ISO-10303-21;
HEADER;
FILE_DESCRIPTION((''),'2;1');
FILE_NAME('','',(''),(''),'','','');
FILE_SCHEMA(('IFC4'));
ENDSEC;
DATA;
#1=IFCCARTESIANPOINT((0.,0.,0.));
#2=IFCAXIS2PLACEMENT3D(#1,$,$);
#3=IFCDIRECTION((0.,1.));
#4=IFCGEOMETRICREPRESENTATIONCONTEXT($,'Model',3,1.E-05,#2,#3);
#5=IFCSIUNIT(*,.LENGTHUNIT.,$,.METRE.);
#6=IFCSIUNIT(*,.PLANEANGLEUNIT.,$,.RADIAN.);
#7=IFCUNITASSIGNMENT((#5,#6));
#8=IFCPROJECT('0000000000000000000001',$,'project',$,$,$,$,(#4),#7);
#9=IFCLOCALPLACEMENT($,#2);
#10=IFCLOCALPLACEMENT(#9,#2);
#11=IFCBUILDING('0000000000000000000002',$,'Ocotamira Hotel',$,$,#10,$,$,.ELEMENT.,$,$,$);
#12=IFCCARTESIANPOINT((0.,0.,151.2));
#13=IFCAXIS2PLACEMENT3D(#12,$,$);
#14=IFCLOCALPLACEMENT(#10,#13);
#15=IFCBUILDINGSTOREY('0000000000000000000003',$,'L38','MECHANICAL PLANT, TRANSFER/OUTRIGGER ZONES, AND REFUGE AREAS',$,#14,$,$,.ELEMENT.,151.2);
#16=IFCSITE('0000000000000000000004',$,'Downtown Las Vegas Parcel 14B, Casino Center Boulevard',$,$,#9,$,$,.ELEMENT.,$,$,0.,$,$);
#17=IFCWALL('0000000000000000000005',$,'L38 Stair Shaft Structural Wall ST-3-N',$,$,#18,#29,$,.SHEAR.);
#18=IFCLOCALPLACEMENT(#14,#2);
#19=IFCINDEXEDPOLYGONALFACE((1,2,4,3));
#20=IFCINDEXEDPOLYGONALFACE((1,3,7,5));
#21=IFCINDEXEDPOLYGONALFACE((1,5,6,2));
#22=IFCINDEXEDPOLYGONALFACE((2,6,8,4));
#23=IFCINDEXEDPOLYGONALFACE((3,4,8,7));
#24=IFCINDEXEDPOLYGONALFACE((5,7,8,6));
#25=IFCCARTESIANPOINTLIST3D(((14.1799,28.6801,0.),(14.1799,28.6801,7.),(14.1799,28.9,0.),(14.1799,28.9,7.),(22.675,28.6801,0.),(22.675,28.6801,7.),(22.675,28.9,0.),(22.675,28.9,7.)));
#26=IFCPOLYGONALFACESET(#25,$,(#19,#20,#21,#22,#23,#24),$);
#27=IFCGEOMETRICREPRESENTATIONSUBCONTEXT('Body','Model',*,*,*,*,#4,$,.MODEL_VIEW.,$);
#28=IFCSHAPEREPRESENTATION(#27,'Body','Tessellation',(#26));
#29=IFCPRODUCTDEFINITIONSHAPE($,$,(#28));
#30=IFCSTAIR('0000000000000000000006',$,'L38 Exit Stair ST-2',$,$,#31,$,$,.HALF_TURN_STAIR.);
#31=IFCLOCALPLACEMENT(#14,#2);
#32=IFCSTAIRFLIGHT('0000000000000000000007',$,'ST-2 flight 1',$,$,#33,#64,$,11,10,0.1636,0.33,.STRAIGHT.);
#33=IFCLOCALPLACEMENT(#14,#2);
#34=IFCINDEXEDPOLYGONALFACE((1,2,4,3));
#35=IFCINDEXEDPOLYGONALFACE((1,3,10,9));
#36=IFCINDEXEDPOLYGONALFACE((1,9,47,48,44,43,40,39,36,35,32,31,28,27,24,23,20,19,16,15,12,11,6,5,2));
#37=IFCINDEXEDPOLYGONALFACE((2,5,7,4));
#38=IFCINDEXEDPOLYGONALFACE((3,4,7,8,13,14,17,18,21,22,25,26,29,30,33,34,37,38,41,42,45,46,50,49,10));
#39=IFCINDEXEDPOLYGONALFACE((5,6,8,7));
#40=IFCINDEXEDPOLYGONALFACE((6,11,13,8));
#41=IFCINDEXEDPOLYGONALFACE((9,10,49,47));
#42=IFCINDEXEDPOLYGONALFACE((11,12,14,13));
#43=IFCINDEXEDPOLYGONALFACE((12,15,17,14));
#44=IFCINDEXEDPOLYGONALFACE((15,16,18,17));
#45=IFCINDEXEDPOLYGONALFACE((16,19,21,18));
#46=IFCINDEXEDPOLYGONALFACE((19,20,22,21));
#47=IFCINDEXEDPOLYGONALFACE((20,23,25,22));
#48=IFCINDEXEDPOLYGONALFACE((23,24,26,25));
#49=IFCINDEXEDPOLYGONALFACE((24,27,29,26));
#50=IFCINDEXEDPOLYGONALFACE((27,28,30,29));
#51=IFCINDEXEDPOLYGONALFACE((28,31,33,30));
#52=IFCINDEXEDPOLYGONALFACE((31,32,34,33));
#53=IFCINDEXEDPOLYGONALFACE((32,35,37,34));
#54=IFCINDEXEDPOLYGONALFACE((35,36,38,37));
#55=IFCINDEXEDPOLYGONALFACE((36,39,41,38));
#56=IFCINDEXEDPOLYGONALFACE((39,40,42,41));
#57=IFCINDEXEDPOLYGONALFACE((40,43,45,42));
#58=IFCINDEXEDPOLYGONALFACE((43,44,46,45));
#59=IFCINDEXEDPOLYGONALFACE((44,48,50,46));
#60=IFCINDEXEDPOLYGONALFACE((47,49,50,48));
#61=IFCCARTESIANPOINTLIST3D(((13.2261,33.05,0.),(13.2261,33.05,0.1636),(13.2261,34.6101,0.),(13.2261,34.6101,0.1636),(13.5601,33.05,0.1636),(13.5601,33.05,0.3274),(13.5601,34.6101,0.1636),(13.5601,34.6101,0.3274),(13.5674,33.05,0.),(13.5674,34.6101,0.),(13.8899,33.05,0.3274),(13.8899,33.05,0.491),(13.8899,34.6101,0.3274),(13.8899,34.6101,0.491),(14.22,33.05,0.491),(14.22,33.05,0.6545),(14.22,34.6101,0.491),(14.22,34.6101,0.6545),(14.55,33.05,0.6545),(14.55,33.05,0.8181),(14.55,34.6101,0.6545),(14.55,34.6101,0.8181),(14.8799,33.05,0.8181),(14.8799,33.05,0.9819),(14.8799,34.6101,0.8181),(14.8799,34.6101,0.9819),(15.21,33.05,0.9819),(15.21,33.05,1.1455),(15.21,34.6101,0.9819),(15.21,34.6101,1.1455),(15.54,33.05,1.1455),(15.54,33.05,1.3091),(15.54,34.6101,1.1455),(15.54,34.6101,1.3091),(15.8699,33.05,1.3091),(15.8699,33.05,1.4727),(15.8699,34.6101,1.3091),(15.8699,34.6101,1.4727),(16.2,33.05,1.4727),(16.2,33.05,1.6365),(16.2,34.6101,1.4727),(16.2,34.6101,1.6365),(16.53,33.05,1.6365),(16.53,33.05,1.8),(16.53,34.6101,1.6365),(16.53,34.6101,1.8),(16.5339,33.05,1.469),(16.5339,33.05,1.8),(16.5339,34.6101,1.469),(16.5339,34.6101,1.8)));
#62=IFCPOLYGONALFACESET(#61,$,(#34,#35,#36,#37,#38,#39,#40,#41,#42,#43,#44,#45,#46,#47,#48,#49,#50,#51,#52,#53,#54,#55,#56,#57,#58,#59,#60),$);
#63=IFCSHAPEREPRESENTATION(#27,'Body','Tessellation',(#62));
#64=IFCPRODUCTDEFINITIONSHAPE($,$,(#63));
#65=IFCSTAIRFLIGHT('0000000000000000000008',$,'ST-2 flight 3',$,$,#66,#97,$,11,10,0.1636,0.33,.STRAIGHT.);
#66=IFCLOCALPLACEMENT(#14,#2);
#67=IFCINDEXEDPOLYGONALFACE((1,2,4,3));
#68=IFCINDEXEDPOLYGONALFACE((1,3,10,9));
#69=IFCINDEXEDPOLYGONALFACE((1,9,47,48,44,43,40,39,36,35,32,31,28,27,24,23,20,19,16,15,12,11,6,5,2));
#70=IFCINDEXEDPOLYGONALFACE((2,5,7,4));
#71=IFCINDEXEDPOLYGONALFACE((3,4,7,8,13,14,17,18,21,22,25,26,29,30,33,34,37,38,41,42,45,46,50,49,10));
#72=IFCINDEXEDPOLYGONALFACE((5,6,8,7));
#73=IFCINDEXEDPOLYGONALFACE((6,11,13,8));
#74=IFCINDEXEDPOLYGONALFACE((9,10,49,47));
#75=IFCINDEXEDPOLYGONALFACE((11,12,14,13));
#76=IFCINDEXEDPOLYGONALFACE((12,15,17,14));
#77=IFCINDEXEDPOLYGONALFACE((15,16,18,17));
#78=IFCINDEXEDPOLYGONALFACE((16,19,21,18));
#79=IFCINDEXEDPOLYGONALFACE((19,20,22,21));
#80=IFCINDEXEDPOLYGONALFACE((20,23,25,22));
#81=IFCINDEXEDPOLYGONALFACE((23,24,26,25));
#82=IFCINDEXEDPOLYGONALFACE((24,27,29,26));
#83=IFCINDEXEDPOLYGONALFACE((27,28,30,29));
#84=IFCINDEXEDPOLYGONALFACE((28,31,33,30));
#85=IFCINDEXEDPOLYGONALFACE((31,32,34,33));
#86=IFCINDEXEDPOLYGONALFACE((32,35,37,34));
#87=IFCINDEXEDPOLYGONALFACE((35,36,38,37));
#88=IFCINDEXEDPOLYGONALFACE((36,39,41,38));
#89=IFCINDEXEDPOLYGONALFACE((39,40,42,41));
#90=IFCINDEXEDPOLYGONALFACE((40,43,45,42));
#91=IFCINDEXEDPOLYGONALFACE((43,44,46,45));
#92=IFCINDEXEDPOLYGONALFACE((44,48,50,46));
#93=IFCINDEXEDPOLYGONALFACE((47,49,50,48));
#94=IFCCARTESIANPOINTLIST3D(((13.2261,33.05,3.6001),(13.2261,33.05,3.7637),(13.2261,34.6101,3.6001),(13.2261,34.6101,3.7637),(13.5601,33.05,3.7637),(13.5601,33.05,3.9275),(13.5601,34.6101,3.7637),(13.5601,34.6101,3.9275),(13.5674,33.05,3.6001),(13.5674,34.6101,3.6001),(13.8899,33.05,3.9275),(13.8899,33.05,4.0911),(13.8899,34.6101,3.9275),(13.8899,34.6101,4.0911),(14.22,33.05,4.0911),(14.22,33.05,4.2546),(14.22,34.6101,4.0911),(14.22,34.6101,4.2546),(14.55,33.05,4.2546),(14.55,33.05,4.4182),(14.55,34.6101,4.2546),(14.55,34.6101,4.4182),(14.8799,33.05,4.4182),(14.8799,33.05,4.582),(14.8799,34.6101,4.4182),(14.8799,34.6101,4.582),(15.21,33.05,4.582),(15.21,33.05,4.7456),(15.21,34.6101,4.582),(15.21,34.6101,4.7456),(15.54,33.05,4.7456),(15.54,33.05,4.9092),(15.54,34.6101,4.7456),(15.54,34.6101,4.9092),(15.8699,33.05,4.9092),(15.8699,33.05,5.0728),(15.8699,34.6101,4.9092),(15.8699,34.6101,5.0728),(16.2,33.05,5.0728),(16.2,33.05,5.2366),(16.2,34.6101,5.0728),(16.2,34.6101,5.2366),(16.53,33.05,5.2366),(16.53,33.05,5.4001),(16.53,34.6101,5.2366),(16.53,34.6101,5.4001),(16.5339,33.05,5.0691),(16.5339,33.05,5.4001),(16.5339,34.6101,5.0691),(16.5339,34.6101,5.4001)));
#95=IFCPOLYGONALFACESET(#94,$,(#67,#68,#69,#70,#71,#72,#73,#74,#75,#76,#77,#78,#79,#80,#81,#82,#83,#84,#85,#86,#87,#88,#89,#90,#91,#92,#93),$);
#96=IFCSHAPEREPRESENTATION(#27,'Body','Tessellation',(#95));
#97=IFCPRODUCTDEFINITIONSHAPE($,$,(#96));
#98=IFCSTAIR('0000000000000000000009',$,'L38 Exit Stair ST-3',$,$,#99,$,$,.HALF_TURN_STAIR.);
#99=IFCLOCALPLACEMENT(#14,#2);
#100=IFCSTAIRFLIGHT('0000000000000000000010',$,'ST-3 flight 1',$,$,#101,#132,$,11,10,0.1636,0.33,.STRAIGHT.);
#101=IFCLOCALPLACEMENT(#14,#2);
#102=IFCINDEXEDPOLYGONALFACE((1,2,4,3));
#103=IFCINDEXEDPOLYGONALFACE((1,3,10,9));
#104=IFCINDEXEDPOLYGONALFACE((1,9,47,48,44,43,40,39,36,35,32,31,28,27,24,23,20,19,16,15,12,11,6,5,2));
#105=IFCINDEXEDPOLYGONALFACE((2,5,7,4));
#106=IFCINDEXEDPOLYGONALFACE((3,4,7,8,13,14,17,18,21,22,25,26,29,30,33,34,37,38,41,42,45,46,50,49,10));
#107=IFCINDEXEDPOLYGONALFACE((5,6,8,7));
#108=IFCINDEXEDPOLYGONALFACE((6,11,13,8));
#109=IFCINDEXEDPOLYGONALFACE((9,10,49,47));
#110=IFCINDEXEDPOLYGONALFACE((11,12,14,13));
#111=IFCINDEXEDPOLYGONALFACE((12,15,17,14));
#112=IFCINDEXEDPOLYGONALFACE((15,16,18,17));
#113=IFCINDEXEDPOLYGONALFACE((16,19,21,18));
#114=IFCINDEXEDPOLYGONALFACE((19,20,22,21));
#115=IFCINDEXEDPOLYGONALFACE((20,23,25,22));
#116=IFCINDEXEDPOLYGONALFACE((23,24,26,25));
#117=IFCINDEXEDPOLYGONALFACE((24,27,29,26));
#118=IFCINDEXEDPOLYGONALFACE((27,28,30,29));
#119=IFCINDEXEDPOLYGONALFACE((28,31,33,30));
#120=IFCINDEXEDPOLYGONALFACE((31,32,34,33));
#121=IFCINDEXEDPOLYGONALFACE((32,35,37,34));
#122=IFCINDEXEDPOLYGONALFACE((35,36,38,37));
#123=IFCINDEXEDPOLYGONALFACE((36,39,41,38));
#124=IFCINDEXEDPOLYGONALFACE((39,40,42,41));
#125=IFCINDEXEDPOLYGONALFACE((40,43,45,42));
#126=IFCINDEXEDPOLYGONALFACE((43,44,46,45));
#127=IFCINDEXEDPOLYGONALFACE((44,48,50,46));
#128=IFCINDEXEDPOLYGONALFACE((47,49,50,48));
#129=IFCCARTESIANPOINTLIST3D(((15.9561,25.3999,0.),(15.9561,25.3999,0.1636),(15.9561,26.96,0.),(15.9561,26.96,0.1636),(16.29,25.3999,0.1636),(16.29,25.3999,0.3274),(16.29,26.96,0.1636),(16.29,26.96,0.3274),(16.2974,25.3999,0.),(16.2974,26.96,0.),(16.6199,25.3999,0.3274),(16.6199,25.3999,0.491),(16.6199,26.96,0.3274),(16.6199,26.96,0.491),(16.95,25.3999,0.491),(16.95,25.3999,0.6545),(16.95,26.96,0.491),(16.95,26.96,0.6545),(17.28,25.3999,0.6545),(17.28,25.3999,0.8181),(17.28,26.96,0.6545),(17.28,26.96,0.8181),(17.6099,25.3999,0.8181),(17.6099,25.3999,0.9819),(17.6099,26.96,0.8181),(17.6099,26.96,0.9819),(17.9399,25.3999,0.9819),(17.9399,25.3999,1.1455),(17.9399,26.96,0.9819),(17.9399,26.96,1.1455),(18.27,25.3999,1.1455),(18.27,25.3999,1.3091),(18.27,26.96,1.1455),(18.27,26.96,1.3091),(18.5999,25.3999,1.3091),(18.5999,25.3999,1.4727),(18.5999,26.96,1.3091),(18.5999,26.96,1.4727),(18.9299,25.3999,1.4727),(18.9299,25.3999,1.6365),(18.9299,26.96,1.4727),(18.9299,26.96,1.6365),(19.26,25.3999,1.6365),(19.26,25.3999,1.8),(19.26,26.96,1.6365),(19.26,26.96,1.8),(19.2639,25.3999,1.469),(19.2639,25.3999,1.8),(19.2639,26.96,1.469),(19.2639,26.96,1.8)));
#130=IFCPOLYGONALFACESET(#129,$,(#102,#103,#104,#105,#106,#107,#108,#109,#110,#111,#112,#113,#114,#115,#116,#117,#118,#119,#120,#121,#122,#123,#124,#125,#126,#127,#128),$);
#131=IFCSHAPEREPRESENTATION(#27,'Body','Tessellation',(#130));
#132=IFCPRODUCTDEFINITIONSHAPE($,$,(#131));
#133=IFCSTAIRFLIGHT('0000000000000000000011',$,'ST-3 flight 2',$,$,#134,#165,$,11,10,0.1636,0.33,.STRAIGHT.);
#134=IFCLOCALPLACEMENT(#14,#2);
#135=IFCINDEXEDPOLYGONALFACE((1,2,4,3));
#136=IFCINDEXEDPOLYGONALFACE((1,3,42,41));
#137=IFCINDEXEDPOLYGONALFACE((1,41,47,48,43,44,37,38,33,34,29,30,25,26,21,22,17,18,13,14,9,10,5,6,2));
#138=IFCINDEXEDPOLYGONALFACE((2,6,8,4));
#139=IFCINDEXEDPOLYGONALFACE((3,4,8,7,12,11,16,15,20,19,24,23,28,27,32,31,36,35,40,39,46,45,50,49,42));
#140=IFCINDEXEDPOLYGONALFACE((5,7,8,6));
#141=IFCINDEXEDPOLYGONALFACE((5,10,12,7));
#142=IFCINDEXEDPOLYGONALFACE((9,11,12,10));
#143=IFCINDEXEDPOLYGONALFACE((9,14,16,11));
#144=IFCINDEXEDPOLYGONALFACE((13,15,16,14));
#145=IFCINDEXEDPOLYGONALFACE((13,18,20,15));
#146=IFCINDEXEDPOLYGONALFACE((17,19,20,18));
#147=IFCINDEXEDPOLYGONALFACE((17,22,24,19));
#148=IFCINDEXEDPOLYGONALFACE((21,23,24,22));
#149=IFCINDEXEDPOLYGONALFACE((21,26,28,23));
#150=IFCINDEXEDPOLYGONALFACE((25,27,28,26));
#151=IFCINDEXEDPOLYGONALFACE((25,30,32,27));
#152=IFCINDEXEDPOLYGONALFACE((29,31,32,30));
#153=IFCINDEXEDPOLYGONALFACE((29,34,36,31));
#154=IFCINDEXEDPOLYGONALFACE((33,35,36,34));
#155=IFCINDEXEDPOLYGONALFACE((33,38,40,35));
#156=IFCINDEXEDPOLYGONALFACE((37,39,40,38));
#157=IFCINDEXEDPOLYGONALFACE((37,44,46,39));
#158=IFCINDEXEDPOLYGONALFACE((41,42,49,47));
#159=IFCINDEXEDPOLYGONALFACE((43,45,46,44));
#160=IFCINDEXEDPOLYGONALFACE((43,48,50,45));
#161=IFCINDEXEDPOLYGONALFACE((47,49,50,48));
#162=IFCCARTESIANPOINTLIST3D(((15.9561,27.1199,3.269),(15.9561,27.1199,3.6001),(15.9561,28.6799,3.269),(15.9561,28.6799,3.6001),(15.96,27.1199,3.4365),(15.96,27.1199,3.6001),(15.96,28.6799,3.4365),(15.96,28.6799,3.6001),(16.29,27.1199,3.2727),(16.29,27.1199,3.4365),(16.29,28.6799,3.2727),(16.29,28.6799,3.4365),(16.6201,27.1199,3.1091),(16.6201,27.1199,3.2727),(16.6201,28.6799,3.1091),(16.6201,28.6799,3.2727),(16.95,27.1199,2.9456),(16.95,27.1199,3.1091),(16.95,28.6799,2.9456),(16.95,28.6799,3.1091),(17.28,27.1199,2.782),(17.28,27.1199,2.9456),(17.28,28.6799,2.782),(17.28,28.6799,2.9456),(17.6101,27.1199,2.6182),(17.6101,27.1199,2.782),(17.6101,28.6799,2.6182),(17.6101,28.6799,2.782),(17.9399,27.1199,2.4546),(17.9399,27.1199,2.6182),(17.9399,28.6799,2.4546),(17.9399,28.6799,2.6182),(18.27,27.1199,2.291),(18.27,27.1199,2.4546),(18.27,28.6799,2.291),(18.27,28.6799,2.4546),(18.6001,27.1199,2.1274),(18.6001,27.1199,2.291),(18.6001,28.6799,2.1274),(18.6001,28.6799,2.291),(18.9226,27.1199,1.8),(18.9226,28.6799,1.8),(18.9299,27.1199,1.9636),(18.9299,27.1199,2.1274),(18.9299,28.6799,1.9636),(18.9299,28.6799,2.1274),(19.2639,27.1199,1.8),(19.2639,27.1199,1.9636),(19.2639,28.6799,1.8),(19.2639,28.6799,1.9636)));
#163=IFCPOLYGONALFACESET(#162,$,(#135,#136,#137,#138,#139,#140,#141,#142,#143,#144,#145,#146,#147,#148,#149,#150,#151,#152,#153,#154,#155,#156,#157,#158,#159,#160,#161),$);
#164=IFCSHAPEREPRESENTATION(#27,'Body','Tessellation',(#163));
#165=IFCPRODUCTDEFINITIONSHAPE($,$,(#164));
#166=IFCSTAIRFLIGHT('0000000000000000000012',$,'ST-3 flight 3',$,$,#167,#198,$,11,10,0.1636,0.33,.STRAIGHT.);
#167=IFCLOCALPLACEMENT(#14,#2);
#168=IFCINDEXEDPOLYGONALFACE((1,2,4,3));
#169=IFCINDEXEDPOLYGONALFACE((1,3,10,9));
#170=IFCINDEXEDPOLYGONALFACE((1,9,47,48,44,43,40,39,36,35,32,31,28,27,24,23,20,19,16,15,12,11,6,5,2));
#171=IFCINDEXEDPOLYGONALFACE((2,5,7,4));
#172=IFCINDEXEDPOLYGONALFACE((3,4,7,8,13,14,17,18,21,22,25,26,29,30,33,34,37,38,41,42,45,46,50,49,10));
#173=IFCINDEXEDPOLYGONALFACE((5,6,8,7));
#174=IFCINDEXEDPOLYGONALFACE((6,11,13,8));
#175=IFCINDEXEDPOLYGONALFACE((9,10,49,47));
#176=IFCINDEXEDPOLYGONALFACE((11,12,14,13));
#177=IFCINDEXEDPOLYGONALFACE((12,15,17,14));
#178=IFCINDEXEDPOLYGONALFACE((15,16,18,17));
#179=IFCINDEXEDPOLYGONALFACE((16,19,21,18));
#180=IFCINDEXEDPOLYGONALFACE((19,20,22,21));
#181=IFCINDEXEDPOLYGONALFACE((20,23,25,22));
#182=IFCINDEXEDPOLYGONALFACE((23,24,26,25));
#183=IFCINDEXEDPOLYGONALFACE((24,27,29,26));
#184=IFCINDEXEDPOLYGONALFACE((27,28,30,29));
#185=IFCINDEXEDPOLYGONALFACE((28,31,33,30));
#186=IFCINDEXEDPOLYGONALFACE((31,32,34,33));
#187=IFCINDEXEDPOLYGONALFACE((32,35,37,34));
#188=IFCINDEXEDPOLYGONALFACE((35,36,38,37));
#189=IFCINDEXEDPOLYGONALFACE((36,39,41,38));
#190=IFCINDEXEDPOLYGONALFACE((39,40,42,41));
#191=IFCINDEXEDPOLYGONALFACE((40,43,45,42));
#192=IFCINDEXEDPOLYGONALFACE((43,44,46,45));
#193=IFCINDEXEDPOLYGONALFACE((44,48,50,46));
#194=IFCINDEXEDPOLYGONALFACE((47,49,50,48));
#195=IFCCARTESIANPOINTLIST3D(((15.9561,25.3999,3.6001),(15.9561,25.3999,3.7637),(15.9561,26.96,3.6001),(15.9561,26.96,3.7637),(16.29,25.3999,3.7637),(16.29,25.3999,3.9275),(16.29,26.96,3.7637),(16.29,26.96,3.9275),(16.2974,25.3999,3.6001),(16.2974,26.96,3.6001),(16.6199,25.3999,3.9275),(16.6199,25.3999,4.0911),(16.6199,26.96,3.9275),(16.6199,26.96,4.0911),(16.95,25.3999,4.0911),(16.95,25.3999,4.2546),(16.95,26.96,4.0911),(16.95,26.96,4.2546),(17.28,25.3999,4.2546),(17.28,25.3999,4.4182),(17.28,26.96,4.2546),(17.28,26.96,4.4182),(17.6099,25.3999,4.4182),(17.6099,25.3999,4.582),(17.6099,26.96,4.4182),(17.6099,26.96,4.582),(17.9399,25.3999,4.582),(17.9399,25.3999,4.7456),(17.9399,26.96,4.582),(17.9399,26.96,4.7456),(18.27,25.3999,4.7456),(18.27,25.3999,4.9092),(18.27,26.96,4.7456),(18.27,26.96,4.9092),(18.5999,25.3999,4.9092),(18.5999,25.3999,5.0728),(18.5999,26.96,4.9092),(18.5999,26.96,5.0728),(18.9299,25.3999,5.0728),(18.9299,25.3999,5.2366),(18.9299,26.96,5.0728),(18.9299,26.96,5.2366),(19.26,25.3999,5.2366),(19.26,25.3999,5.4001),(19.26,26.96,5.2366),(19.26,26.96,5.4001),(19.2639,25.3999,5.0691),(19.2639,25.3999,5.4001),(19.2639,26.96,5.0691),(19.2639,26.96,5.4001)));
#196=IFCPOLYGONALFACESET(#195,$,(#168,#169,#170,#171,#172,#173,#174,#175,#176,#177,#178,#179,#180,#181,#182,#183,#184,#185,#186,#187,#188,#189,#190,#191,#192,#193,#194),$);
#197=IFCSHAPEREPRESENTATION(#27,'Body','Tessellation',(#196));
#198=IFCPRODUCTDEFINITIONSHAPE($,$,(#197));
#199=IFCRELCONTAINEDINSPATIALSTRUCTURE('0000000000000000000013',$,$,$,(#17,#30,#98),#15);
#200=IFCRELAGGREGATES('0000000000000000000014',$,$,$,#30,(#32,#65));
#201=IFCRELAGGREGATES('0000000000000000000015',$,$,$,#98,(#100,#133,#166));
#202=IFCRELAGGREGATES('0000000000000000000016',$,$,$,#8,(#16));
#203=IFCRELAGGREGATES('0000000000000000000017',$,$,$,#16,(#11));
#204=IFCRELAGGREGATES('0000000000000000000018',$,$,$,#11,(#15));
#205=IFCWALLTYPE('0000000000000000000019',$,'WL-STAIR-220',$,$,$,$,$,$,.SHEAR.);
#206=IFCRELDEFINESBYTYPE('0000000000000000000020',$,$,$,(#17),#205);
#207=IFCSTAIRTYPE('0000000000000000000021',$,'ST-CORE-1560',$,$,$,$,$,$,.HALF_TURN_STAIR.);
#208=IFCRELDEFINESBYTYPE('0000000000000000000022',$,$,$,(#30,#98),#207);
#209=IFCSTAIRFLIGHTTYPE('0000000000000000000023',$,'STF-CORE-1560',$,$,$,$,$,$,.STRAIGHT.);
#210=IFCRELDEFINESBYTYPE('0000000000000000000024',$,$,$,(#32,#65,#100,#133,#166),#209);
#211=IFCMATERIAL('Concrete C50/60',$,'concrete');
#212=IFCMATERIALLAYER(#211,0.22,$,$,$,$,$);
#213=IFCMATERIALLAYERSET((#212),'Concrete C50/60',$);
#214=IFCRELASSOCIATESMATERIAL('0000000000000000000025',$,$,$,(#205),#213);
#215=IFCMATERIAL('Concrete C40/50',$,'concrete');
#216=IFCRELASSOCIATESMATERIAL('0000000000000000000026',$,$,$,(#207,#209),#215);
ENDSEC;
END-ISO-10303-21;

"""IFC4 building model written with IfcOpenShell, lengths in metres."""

from ifc_helpers import new_model, si_unit, direction, frame, frame_2d, origin, place, context, subcontext, project, spatial, polyline, rectangle, outline, extrude, source, transform, mapped, material, layer, layer_set, type_object, element, aggregate, save


model = new_model("IFC4")

# Units and contexts
model_context = context("Model", 3, precision=1e-05, world=origin(), true_north=direction((0.0, 1.0)))
body_context = subcontext(model_context, "Body", "Model", "MODEL_VIEW")
ifc_project = project(units=[si_unit("LENGTHUNIT", "METRE"), si_unit("PLANEANGLEUNIT", "RADIAN")], contexts=[model_context])

# Site, building, storey
site_placement = place(None, origin())
site = spatial("IfcSite", under=ifc_project, at=site_placement, Name="Downtown Las Vegas Parcel 14B, Casino Center Boulevard", CompositionType="ELEMENT", RefElevation=0.0)
building_placement = place(site_placement, origin())
building = spatial("IfcBuilding", under=site, at=building_placement, Name="Ocotamira Hotel", CompositionType="ELEMENT")
storey_placement = place(building_placement, frame((0.0, 0.0, 151.2)))
storey = spatial("IfcBuildingStorey", under=building, at=storey_placement, Name="L38", Description="MECHANICAL PLANT, TRANSFER/OUTRIGGER ZONES, AND REFUGE AREAS", CompositionType="ELEMENT", Elevation=151.2)

# Wall
ifc_material_1 = material(Name="Concrete C50/60", Category="concrete")
ifc_layer_1 = layer(ifc_material_1, 0.22)
ifc_layer_set_1 = layer_set([ifc_layer_1], Name="Concrete C50/60")
wall_type_1 = type_object("IfcWallType", Name="WL-STAIR-220", PredefinedType="SHEAR", material=ifc_layer_set_1)
wall_1_placement = place(storey_placement, frame((14.1799, 28.79, 0.0), z_axis=(0.0, 0.0, 1.0), x_axis=(1.0, 0.0, 0.0)))
element("IfcWall", 1, at=wall_1_placement, inside=storey, type_object=wall_type_1, Name="L38 Stair Shaft Structural Wall ST-3-N", PredefinedType="SHEAR", context=body_context, shape_type="SweptSolid", body=[
    extrude(rectangle(XDim=8.4951, YDim=0.22, at=frame_2d((4.2476, 0.0))), origin(), (0.0, 0.0, 1.0), 7.0),
])

# Stairs, stair flights
ifc_material_2 = material(Name="Concrete C40/50", Category="concrete")
stair_type = type_object("IfcStairType", Name="ST-CORE-1560", PredefinedType="HALF_TURN_STAIR", material=ifc_material_2)
stair_1_placement = place(storey_placement, origin())
stair_1 = element("IfcStair", 2, at=stair_1_placement, inside=storey, type_object=stair_type, Name="L38 Exit Stair ST-2", PredefinedType="HALF_TURN_STAIR")
stair_flight_type = type_object("IfcStairFlightType", Name="STF-CORE-1560", PredefinedType="STRAIGHT", material=ifc_material_2)
shared_shape_1 = source(origin(), body_context, "Body", "SweptSolid", [
    extrude(outline(polyline([(-0.0039, 0.0), (-0.0039, 0.1636), (0.3301, 0.1636), (0.3301, 0.3274), (0.6599, 0.3274), (0.6599, 0.491), (0.99, 0.491), (0.99, 0.6545), (1.3201, 0.6545), (1.3201, 0.8181), (1.6499, 0.8181), (1.6499, 0.9819), (1.98, 0.9819), (1.98, 1.1455), (2.3101, 1.1455), (2.3101, 1.3091), (2.6399, 1.3091), (2.6399, 1.4727), (2.97, 1.4727), (2.97, 1.6365), (3.3, 1.6365), (3.3, 1.8), (3.304, 1.8), (3.304, 1.469), (0.3374, 0.0), (-0.0039, 0.0)])), frame((0.0, 0.78, 0.0), z_axis=(0.0, -1.0, 0.0), x_axis=(1.0, 0.0, 0.0)), (0.0, 0.0, 1.0), 1.5601),
])
stair_flight_1_placement = place(storey_placement, frame((13.23, 33.8301, 0.0), z_axis=(0.0, 0.0, 1.0), x_axis=(1.0, 0.0, 0.0)))
stair_flight_1 = element("IfcStairFlight", 3, at=stair_flight_1_placement, type_object=stair_flight_type, Name="ST-2 flight 1", NumberOfRisers=11, NumberOfTreads=10, PredefinedType="STRAIGHT", RiserHeight=0.1636, TreadLength=0.33, context=body_context, shape_type="MappedRepresentation", body=[
    mapped(shared_shape_1, transform((0.0, 0.0, 0.0), scale=1.0)),
])
stair_flight_2_placement = place(storey_placement, frame((13.23, 33.8301, 3.6001), z_axis=(0.0, 0.0, 1.0), x_axis=(1.0, 0.0, 0.0)))
stair_flight_2 = element("IfcStairFlight", 4, at=stair_flight_2_placement, type_object=stair_flight_type, Name="ST-2 flight 3", NumberOfRisers=11, NumberOfTreads=10, PredefinedType="STRAIGHT", RiserHeight=0.1636, TreadLength=0.33, context=body_context, shape_type="MappedRepresentation", body=[
    mapped(shared_shape_1, transform((0.0, 0.0, 0.0), scale=1.0)),
])
aggregate(stair_1, [stair_flight_1, stair_flight_2])
stair_2_placement = place(storey_placement, origin())
stair_2 = element("IfcStair", 5, at=stair_2_placement, inside=storey, type_object=stair_type, Name="L38 Exit Stair ST-3", PredefinedType="HALF_TURN_STAIR")
stair_flight_3_placement = place(storey_placement, frame((15.96, 26.1799, 0.0), z_axis=(0.0, 0.0, 1.0), x_axis=(1.0, 0.0, 0.0)))
stair_flight_3 = element("IfcStairFlight", 6, at=stair_flight_3_placement, type_object=stair_flight_type, Name="ST-3 flight 1", NumberOfRisers=11, NumberOfTreads=10, PredefinedType="STRAIGHT", RiserHeight=0.1636, TreadLength=0.33, context=body_context, shape_type="MappedRepresentation", body=[
    mapped(shared_shape_1, transform((0.0, 0.0, 0.0), scale=1.0)),
])
stair_flight_4_placement = place(storey_placement, frame((19.26, 27.8999, 1.8), z_axis=(0.0, 0.0, 1.0), x_axis=(-1.0, 0.0, 0.0)))
stair_flight_4 = element("IfcStairFlight", 7, at=stair_flight_4_placement, type_object=stair_flight_type, Name="ST-3 flight 2", NumberOfRisers=11, NumberOfTreads=10, PredefinedType="STRAIGHT", RiserHeight=0.1636, TreadLength=0.33, context=body_context, shape_type="MappedRepresentation", body=[
    mapped(shared_shape_1, transform((0.0, 0.0, 0.0), scale=1.0)),
])
stair_flight_5_placement = place(storey_placement, frame((15.96, 26.1799, 3.6001), z_axis=(0.0, 0.0, 1.0), x_axis=(1.0, 0.0, 0.0)))
stair_flight_5 = element("IfcStairFlight", 8, at=stair_flight_5_placement, type_object=stair_flight_type, Name="ST-3 flight 3", NumberOfRisers=11, NumberOfTreads=10, PredefinedType="STRAIGHT", RiserHeight=0.1636, TreadLength=0.33, context=body_context, shape_type="MappedRepresentation", body=[
    mapped(shared_shape_1, transform((0.0, 0.0, 0.0), scale=1.0)),
])
aggregate(stair_2, [stair_flight_3, stair_flight_4, stair_flight_5])

save(model, "model.ifc")
